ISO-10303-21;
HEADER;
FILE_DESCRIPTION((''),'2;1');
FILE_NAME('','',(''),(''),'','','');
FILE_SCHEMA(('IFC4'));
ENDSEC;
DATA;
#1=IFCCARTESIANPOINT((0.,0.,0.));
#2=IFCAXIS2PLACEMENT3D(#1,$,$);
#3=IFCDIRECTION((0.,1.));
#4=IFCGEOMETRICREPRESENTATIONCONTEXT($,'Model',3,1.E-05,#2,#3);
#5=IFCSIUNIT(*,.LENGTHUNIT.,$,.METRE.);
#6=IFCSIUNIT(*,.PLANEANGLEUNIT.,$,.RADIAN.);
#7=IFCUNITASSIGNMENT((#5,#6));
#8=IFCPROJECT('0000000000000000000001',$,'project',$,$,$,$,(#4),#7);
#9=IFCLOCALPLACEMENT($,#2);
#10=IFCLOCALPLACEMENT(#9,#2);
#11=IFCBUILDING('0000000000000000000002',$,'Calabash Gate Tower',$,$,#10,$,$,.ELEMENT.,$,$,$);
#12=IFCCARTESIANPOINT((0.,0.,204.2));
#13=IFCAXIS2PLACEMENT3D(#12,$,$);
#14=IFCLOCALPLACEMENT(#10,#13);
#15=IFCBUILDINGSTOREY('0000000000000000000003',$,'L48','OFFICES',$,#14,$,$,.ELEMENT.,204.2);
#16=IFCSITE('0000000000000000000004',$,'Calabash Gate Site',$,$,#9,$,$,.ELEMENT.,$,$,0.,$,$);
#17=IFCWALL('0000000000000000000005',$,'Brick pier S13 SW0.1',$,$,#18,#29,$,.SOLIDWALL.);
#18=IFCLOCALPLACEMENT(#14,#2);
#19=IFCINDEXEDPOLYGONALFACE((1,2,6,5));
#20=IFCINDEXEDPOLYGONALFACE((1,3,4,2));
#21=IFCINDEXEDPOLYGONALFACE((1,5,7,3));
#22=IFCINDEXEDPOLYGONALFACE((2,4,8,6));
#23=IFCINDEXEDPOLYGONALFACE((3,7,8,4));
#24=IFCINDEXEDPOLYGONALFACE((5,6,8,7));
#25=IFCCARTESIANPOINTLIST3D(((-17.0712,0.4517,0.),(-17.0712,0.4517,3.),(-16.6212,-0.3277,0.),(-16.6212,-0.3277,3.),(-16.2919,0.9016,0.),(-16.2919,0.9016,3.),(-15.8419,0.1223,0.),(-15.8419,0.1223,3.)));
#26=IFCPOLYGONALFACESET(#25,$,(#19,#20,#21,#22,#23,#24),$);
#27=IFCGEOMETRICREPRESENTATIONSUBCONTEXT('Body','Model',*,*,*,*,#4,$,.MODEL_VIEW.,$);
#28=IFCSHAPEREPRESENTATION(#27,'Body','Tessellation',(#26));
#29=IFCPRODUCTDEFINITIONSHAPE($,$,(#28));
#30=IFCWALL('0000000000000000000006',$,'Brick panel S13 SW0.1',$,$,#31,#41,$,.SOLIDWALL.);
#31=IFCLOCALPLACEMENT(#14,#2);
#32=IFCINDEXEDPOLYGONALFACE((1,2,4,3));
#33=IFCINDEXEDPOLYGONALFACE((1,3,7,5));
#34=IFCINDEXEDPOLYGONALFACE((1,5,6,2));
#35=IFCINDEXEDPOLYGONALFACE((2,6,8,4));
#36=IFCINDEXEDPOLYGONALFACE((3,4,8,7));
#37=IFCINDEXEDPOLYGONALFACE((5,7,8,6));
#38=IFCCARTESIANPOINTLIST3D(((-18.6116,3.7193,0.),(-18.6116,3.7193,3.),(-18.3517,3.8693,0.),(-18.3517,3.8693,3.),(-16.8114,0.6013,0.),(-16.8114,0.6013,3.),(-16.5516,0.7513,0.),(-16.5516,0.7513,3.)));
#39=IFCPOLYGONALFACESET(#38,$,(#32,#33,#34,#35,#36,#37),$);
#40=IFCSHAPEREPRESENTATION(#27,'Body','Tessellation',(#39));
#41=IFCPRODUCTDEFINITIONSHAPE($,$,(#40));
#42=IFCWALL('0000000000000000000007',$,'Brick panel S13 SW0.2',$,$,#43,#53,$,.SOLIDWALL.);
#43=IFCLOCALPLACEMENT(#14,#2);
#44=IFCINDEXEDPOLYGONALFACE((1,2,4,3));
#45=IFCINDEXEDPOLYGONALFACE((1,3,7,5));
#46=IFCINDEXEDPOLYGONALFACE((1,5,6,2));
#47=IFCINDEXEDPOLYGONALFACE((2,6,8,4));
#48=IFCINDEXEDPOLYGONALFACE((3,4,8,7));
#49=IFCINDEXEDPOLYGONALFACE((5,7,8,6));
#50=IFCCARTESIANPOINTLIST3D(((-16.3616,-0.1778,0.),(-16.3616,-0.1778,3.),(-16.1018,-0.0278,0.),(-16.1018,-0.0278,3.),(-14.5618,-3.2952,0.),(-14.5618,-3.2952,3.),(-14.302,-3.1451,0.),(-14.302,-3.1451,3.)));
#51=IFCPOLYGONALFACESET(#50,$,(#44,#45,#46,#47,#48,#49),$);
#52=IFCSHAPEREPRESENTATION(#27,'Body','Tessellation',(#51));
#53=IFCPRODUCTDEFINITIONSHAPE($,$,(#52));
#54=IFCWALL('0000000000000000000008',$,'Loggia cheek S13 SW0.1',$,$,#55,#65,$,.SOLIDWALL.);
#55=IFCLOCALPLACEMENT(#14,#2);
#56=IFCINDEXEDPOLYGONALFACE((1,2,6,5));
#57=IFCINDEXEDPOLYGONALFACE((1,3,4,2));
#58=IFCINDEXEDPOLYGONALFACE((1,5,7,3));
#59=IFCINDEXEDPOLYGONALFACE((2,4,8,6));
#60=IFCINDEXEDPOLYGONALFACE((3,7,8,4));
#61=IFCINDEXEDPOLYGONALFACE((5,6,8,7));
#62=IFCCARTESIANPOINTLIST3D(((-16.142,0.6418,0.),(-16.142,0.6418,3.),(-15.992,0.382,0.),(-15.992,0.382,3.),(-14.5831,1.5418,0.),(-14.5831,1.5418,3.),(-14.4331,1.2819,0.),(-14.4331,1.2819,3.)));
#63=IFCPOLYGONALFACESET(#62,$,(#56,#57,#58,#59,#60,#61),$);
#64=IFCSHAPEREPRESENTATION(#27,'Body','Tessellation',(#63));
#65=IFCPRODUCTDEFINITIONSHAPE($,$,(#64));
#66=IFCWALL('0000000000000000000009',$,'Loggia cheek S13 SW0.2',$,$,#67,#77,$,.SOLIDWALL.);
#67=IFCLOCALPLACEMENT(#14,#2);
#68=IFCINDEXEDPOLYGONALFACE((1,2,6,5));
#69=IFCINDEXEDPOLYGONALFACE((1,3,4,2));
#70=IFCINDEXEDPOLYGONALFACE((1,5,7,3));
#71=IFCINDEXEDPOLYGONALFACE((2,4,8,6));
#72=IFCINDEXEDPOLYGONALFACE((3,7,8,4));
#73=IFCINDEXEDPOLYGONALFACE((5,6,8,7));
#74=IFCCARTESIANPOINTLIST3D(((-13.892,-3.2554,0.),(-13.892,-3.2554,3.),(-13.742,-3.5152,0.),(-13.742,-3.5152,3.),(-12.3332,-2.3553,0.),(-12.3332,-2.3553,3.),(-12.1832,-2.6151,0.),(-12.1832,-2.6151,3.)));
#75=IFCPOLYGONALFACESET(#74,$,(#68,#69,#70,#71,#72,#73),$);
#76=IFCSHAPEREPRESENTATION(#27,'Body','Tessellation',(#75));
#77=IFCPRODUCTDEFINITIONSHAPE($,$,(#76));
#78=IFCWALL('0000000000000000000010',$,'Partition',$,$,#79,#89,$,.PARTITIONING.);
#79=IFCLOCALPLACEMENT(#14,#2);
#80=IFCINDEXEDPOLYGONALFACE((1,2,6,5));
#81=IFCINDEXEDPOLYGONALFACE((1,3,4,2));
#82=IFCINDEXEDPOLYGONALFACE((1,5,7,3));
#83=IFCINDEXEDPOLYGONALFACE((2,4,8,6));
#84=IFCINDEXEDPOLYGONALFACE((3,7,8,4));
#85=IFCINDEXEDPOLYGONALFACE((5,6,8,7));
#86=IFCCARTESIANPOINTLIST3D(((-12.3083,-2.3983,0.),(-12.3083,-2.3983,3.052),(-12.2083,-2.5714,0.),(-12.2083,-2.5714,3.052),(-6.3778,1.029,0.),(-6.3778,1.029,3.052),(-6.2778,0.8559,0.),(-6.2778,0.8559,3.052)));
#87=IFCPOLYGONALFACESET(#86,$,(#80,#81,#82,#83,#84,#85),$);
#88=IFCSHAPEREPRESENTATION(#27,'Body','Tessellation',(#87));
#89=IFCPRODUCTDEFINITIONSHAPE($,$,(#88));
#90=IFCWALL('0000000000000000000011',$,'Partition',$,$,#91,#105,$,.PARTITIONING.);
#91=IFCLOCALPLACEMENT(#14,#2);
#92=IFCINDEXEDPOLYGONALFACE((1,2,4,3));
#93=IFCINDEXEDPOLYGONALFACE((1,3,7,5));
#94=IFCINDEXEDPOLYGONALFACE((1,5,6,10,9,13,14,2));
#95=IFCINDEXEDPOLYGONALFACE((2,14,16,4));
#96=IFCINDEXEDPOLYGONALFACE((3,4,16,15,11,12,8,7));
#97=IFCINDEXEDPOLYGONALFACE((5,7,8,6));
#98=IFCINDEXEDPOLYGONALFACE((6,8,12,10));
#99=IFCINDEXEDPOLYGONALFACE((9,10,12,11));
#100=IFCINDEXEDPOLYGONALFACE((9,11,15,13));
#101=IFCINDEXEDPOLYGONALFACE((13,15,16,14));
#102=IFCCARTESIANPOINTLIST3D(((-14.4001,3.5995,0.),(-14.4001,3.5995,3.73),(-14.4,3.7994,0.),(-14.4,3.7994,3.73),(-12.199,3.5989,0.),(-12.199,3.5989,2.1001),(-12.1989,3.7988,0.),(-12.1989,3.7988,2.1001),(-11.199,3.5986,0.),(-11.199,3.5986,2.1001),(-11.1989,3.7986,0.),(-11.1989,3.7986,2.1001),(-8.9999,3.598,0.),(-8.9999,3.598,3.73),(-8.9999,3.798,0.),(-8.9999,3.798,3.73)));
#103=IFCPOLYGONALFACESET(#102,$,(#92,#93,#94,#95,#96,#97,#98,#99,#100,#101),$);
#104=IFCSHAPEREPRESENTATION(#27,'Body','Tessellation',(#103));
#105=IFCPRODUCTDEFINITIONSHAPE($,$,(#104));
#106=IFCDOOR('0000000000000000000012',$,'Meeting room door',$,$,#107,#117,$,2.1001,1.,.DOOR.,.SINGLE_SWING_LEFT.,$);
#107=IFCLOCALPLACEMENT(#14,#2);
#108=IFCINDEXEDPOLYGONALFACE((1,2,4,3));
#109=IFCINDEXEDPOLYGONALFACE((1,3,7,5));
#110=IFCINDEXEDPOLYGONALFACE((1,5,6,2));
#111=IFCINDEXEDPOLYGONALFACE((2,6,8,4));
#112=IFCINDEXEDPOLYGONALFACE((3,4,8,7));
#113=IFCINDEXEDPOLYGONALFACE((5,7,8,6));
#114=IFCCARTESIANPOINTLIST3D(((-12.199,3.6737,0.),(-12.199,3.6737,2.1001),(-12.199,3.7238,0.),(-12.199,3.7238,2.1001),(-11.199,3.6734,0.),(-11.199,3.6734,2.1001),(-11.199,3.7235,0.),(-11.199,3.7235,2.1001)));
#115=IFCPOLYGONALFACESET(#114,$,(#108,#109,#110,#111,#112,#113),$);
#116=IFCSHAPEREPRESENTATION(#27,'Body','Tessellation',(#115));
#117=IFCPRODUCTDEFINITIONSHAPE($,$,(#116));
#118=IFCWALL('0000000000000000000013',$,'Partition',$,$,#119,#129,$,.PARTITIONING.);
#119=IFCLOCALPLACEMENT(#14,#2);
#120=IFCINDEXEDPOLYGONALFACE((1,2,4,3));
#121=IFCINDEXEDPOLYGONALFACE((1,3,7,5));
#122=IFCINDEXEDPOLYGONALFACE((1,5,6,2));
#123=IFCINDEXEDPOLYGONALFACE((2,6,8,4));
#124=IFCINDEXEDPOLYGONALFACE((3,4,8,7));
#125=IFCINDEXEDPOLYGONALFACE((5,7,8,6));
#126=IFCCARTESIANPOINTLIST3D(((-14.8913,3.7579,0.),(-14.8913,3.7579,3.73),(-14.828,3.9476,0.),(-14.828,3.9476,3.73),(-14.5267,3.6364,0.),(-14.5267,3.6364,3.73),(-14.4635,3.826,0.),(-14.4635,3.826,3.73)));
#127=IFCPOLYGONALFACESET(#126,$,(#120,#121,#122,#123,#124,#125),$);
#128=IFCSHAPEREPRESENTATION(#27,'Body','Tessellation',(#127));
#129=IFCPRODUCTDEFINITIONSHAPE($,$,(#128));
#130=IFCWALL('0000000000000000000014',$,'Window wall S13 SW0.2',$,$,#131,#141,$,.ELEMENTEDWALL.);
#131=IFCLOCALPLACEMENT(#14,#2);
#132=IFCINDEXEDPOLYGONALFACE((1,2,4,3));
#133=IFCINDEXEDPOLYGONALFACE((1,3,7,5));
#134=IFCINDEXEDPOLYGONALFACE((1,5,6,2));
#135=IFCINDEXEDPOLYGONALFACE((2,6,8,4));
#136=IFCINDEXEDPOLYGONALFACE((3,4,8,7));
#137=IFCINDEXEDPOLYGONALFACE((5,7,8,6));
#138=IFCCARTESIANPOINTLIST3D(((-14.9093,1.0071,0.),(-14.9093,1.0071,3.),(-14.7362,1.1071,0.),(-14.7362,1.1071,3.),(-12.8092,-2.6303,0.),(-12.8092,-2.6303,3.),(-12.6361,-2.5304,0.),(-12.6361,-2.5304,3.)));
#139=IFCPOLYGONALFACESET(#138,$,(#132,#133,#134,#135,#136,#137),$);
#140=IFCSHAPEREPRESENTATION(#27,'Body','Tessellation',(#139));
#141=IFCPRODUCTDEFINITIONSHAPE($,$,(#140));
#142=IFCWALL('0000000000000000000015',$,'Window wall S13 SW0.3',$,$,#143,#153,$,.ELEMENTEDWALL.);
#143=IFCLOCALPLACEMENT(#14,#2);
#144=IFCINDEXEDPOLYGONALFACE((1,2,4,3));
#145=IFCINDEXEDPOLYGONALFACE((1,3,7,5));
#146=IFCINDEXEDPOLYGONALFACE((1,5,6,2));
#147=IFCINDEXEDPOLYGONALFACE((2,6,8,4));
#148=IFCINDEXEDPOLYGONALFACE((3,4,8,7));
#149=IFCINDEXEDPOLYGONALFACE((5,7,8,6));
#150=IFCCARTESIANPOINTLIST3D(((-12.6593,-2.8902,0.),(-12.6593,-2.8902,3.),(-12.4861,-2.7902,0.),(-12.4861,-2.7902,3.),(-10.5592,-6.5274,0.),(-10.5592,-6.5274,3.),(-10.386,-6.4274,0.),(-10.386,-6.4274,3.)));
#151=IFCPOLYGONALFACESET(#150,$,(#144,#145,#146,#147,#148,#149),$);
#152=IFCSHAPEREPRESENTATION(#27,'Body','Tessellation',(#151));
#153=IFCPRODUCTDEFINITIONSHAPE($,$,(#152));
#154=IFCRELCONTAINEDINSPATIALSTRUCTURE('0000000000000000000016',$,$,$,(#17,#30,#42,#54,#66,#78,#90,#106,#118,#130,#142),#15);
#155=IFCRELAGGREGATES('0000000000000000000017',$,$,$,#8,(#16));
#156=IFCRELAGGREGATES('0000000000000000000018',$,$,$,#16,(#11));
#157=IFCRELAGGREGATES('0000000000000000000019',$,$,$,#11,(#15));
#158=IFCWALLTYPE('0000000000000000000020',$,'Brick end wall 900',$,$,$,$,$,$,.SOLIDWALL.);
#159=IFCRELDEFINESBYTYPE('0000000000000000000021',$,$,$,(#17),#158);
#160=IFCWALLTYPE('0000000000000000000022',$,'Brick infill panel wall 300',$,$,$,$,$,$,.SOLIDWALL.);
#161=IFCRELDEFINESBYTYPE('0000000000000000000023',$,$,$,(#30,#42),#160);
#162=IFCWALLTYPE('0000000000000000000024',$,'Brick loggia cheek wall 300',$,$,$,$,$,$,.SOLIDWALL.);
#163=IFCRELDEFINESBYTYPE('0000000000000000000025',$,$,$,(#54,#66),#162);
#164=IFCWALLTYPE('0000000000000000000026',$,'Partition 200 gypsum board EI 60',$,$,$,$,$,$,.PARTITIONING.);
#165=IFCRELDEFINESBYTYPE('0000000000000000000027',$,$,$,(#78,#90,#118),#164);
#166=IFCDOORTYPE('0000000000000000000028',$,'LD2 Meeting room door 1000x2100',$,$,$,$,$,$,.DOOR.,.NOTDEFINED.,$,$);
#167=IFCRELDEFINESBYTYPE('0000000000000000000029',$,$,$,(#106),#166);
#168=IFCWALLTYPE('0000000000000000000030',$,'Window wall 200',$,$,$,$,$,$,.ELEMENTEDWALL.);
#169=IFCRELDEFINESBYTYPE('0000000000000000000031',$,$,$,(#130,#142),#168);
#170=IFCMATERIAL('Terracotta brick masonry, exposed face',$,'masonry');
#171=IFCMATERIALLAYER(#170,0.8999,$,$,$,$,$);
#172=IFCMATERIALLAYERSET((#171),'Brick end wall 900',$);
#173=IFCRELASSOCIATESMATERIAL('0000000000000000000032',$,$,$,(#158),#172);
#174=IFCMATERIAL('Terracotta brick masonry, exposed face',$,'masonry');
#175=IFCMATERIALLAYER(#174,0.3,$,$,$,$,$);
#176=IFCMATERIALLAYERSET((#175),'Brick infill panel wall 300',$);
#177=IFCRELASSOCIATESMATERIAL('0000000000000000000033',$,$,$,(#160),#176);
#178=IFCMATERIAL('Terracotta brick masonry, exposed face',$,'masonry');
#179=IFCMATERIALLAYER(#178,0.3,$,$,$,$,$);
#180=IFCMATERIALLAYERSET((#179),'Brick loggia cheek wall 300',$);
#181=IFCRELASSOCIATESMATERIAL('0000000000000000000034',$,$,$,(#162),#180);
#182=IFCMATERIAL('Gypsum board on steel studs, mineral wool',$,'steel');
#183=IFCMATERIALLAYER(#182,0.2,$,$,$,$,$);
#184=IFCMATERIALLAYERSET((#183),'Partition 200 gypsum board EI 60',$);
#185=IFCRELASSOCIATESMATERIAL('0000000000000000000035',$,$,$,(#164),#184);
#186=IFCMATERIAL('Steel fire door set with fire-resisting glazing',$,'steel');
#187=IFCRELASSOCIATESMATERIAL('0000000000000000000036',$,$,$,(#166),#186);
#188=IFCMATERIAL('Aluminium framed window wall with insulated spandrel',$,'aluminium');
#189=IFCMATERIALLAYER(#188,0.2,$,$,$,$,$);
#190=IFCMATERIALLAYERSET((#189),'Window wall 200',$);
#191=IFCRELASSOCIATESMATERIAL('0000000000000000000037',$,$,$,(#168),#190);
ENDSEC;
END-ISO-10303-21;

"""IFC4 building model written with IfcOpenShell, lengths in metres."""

from ifc_helpers import new_model, si_unit, direction, frame, frame_2d, origin, place, context, subcontext, project, spatial, rectangle, extrude, material, layer, layer_set, type_object, element, fill, save


model = new_model("IFC4")

# Units and contexts
model_context = context("Model", 3, precision=1e-05, world=origin(), true_north=direction((0.0, 1.0)))
body_context = subcontext(model_context, "Body", "Model", "MODEL_VIEW")
ifc_project = project(units=[si_unit("LENGTHUNIT", "METRE"), si_unit("PLANEANGLEUNIT", "RADIAN")], contexts=[model_context])

# Site, building, storey
site_placement = place(None, origin())
site = spatial("IfcSite", under=ifc_project, at=site_placement, Name="Calabash Gate Site", CompositionType="ELEMENT", RefElevation=0.0)
building_placement = place(site_placement, origin())
building = spatial("IfcBuilding", under=site, at=building_placement, Name="Calabash Gate Tower", CompositionType="ELEMENT")
storey_placement = place(building_placement, frame((0.0, 0.0, 204.2)))
storey = spatial("IfcBuildingStorey", under=building, at=storey_placement, Name="L48", Description="OFFICES", CompositionType="ELEMENT", Elevation=204.2)

# Walls
ifc_material_1 = material(Name="Terracotta brick masonry, exposed face", Category="masonry")
ifc_layer_1 = layer(ifc_material_1, 0.8999)
ifc_layer_set_1 = layer_set([ifc_layer_1], Name="Brick end wall 900")
wall_type_1 = type_object("IfcWallType", Name="Brick end wall 900", PredefinedType="SOLIDWALL", material=ifc_layer_set_1)
wall_1_placement = place(storey_placement, frame((-16.0669, 0.512, 0.0), z_axis=(0.0, 0.0, 1.0), x_axis=(-0.866014, -0.50002, 0.0)))
element("IfcWall", 1, at=wall_1_placement, inside=storey, type_object=wall_type_1, Name="Brick pier S13 SW0.1", PredefinedType="SOLIDWALL", context=body_context, shape_type="SweptSolid", body=[
    extrude(rectangle(XDim=0.8999, YDim=0.8999, at=frame_2d((0.45, 0.0))), origin(), (0.0, 0.0, 1.0), 3.0),
])
ifc_material_2 = material(Name="Terracotta brick masonry, exposed face", Category="masonry")
ifc_layer_2 = layer(ifc_material_2, 0.3)
ifc_layer_set_2 = layer_set([ifc_layer_2], Name="Brick infill panel wall 300")
wall_type_2 = type_object("IfcWallType", Name="Brick infill panel wall 300", PredefinedType="SOLIDWALL", material=ifc_layer_set_2)
wall_2_placement = place(storey_placement, frame((-18.4817, 3.7944, 0.0), z_axis=(0.0, 0.0, 1.0), x_axis=(0.499983, -0.866035, 0.0)))
element("IfcWall", 2, at=wall_2_placement, inside=storey, type_object=wall_type_2, Name="Brick panel S13 SW0.1", PredefinedType="SOLIDWALL", context=body_context, shape_type="SweptSolid", body=[
    extrude(rectangle(XDim=3.6003, YDim=0.3, at=frame_2d((1.8003, 0.0))), origin(), (0.0, 0.0, 1.0), 3.0),
])
wall_3_placement = place(storey_placement, frame((-16.2317, -0.1028, 0.0), z_axis=(0.0, 0.0, 1.0), x_axis=(0.499991, -0.866031, 0.0)))
element("IfcWall", 3, at=wall_3_placement, inside=storey, type_object=wall_type_2, Name="Brick panel S13 SW0.2", PredefinedType="SOLIDWALL", context=body_context, shape_type="SweptSolid", body=[
    extrude(rectangle(XDim=3.5996, YDim=0.3, at=frame_2d((1.7998, 0.0))), origin(), (0.0, 0.0, 1.0), 3.0),
])
ifc_material_3 = material(Name="Terracotta brick masonry, exposed face", Category="masonry")
ifc_layer_3 = layer(ifc_material_3, 0.3)
ifc_layer_set_3 = layer_set([ifc_layer_3], Name="Brick loggia cheek wall 300")
wall_type_3 = type_object("IfcWallType", Name="Brick loggia cheek wall 300", PredefinedType="SOLIDWALL", material=ifc_layer_set_3)
for number, where, z_axis, x_axis, name in (
    (4, (-16.0669, 0.512, 0.0), (0.0, 0.0, 1.0), (0.866048, 0.499961, 0.0), "Loggia cheek S13 SW0.1"),
    (5, (-13.8169, -3.3853, 0.0), (0.0, 0.0, 1.0), (0.865989, 0.500063, 0.0), "Loggia cheek S13 SW0.2"),
):
    element("IfcWall", number, at=place(storey_placement, frame(where, z_axis=z_axis, x_axis=x_axis)), inside=storey, type_object=wall_type_3, Name=name, PredefinedType="SOLIDWALL", context=body_context, shape_type="SweptSolid", body=[
        extrude(rectangle(XDim=1.8, YDim=0.3, at=frame_2d((0.8999, 0.0))), origin(), (0.0, 0.0, 1.0), 3.0),
    ])
ifc_material_4 = material(Name="Gypsum board on steel studs, mineral wool", Category="steel")
ifc_layer_4 = layer(ifc_material_4, 0.2)
ifc_layer_set_4 = layer_set([ifc_layer_4], Name="Partition 200 gypsum board EI 60")
wall_type_4 = type_object("IfcWallType", Name="Partition 200 gypsum board EI 60", PredefinedType="PARTITIONING", material=ifc_layer_set_4)
wall_4_placement = place(storey_placement, frame((-12.2583, -2.4849, 0.0), z_axis=(0.0, 0.0, 1.0), x_axis=(0.865816, 0.500363, 0.0)))
element("IfcWall", 6, at=wall_4_placement, inside=storey, type_object=wall_type_4, Name="Partition", PredefinedType="PARTITIONING", context=body_context, shape_type="SweptSolid", body=[
    extrude(rectangle(XDim=6.8496, YDim=0.2, at=frame_2d((3.4248, 0.0))), origin(), (0.0, 0.0, 1.0), 3.052),
])

# Wall, opening, door
wall_5_placement = place(storey_placement, frame((-14.4001, 3.6995, 0.0), z_axis=(0.0, 0.0, 1.0), x_axis=(1.0, -0.000271, 0.0)))
wall_5 = element("IfcWall", 7, at=wall_5_placement, inside=storey, type_object=wall_type_4, Name="Partition", PredefinedType="PARTITIONING", context=body_context, shape_type="SweptSolid", body=[
    extrude(rectangle(XDim=5.4001, YDim=0.2, at=frame_2d((2.7002, 0.0))), origin(), (0.0, 0.0, 1.0), 3.73),
])
opening_placement = place(wall_5_placement, frame((2.2012, 0.0, 0.0)))
opening = element("IfcOpeningElement", 8, at=opening_placement, cuts=wall_5, PredefinedType="OPENING", context=body_context, shape_type="SweptSolid", body=[
    extrude(rectangle(XDim=1.0, YDim=2.1001, at=frame_2d((0.5, 1.05))), frame((0.0, 0.1099, 0.0), z_axis=(0.0, -1.0, 0.0), x_axis=(1.0, 0.0, 0.0)), (0.0, 0.0, 1.0), 0.22),
])
ifc_material_5 = material(Name="Steel fire door set with fire-resisting glazing", Category="steel")
door_type = type_object("IfcDoorType", Name="LD2 Meeting room door 1000x2100", OperationType="NOTDEFINED", PredefinedType="DOOR", material=ifc_material_5)
door_placement = place(opening_placement, origin())
door = element("IfcDoor", 9, at=door_placement, inside=storey, type_object=door_type, Name="Meeting room door", OperationType="SINGLE_SWING_LEFT", OverallHeight=2.1001, OverallWidth=1.0, PredefinedType="DOOR", context=body_context, shape_type="SweptSolid", body=[
    extrude(rectangle(XDim=1.0, YDim=2.1001, at=frame_2d((0.5, 1.05))), frame((0.0, 0.0249, 0.0), z_axis=(0.0, -1.0, 0.0), x_axis=(1.0, 0.0, 0.0)), (0.0, 0.0, 1.0), 0.05),
])
fill(opening, door)

# Walls
wall_6_placement = place(storey_placement, frame((-14.8596, 3.8528, 0.0), z_axis=(0.0, 0.0, 1.0), x_axis=(0.94862, -0.316418, 0.0)))
element("IfcWall", 10, at=wall_6_placement, inside=storey, type_object=wall_type_4, Name="Partition", PredefinedType="PARTITIONING", context=body_context, shape_type="SweptSolid", body=[
    extrude(rectangle(XDim=0.3843, YDim=0.2, at=frame_2d((0.1921, 0.0))), origin(), (0.0, 0.0, 1.0), 3.73),
])
ifc_material_6 = material(Name="Aluminium framed window wall with insulated spandrel", Category="aluminium")
ifc_layer_5 = layer(ifc_material_6, 0.2)
ifc_layer_set_5 = layer_set([ifc_layer_5], Name="Window wall 200")
wall_type_5 = type_object("IfcWallType", Name="Window wall 200", PredefinedType="ELEMENTEDWALL", material=ifc_layer_set_5)
wall_7_placement = place(storey_placement, frame((-14.8228, 1.0571, 0.0), z_axis=(0.0, 0.0, 1.0), x_axis=(0.500003, -0.866024, 0.0)))
element("IfcWall", 11, at=wall_7_placement, inside=storey, type_object=wall_type_5, Name="Window wall S13 SW0.2", PredefinedType="ELEMENTEDWALL", context=body_context, shape_type="SweptSolid", body=[
    extrude(rectangle(XDim=4.2002, YDim=0.2, at=frame_2d((2.1001, 0.0))), origin(), (0.0, 0.0, 1.0), 3.0),
])
wall_8_placement = place(storey_placement, frame((-12.5728, -2.8401, 0.0), z_axis=(0.0, 0.0, 1.0), x_axis=(0.500028, -0.866009, 0.0)))
element("IfcWall", 12, at=wall_8_placement, inside=storey, type_object=wall_type_5, Name="Window wall S13 SW0.3", PredefinedType="ELEMENTEDWALL", context=body_context, shape_type="SweptSolid", body=[
    extrude(rectangle(XDim=4.2, YDim=0.2, at=frame_2d((2.1001, 0.0))), origin(), (0.0, 0.0, 1.0), 3.0),
])

save(model, "model.ifc")
